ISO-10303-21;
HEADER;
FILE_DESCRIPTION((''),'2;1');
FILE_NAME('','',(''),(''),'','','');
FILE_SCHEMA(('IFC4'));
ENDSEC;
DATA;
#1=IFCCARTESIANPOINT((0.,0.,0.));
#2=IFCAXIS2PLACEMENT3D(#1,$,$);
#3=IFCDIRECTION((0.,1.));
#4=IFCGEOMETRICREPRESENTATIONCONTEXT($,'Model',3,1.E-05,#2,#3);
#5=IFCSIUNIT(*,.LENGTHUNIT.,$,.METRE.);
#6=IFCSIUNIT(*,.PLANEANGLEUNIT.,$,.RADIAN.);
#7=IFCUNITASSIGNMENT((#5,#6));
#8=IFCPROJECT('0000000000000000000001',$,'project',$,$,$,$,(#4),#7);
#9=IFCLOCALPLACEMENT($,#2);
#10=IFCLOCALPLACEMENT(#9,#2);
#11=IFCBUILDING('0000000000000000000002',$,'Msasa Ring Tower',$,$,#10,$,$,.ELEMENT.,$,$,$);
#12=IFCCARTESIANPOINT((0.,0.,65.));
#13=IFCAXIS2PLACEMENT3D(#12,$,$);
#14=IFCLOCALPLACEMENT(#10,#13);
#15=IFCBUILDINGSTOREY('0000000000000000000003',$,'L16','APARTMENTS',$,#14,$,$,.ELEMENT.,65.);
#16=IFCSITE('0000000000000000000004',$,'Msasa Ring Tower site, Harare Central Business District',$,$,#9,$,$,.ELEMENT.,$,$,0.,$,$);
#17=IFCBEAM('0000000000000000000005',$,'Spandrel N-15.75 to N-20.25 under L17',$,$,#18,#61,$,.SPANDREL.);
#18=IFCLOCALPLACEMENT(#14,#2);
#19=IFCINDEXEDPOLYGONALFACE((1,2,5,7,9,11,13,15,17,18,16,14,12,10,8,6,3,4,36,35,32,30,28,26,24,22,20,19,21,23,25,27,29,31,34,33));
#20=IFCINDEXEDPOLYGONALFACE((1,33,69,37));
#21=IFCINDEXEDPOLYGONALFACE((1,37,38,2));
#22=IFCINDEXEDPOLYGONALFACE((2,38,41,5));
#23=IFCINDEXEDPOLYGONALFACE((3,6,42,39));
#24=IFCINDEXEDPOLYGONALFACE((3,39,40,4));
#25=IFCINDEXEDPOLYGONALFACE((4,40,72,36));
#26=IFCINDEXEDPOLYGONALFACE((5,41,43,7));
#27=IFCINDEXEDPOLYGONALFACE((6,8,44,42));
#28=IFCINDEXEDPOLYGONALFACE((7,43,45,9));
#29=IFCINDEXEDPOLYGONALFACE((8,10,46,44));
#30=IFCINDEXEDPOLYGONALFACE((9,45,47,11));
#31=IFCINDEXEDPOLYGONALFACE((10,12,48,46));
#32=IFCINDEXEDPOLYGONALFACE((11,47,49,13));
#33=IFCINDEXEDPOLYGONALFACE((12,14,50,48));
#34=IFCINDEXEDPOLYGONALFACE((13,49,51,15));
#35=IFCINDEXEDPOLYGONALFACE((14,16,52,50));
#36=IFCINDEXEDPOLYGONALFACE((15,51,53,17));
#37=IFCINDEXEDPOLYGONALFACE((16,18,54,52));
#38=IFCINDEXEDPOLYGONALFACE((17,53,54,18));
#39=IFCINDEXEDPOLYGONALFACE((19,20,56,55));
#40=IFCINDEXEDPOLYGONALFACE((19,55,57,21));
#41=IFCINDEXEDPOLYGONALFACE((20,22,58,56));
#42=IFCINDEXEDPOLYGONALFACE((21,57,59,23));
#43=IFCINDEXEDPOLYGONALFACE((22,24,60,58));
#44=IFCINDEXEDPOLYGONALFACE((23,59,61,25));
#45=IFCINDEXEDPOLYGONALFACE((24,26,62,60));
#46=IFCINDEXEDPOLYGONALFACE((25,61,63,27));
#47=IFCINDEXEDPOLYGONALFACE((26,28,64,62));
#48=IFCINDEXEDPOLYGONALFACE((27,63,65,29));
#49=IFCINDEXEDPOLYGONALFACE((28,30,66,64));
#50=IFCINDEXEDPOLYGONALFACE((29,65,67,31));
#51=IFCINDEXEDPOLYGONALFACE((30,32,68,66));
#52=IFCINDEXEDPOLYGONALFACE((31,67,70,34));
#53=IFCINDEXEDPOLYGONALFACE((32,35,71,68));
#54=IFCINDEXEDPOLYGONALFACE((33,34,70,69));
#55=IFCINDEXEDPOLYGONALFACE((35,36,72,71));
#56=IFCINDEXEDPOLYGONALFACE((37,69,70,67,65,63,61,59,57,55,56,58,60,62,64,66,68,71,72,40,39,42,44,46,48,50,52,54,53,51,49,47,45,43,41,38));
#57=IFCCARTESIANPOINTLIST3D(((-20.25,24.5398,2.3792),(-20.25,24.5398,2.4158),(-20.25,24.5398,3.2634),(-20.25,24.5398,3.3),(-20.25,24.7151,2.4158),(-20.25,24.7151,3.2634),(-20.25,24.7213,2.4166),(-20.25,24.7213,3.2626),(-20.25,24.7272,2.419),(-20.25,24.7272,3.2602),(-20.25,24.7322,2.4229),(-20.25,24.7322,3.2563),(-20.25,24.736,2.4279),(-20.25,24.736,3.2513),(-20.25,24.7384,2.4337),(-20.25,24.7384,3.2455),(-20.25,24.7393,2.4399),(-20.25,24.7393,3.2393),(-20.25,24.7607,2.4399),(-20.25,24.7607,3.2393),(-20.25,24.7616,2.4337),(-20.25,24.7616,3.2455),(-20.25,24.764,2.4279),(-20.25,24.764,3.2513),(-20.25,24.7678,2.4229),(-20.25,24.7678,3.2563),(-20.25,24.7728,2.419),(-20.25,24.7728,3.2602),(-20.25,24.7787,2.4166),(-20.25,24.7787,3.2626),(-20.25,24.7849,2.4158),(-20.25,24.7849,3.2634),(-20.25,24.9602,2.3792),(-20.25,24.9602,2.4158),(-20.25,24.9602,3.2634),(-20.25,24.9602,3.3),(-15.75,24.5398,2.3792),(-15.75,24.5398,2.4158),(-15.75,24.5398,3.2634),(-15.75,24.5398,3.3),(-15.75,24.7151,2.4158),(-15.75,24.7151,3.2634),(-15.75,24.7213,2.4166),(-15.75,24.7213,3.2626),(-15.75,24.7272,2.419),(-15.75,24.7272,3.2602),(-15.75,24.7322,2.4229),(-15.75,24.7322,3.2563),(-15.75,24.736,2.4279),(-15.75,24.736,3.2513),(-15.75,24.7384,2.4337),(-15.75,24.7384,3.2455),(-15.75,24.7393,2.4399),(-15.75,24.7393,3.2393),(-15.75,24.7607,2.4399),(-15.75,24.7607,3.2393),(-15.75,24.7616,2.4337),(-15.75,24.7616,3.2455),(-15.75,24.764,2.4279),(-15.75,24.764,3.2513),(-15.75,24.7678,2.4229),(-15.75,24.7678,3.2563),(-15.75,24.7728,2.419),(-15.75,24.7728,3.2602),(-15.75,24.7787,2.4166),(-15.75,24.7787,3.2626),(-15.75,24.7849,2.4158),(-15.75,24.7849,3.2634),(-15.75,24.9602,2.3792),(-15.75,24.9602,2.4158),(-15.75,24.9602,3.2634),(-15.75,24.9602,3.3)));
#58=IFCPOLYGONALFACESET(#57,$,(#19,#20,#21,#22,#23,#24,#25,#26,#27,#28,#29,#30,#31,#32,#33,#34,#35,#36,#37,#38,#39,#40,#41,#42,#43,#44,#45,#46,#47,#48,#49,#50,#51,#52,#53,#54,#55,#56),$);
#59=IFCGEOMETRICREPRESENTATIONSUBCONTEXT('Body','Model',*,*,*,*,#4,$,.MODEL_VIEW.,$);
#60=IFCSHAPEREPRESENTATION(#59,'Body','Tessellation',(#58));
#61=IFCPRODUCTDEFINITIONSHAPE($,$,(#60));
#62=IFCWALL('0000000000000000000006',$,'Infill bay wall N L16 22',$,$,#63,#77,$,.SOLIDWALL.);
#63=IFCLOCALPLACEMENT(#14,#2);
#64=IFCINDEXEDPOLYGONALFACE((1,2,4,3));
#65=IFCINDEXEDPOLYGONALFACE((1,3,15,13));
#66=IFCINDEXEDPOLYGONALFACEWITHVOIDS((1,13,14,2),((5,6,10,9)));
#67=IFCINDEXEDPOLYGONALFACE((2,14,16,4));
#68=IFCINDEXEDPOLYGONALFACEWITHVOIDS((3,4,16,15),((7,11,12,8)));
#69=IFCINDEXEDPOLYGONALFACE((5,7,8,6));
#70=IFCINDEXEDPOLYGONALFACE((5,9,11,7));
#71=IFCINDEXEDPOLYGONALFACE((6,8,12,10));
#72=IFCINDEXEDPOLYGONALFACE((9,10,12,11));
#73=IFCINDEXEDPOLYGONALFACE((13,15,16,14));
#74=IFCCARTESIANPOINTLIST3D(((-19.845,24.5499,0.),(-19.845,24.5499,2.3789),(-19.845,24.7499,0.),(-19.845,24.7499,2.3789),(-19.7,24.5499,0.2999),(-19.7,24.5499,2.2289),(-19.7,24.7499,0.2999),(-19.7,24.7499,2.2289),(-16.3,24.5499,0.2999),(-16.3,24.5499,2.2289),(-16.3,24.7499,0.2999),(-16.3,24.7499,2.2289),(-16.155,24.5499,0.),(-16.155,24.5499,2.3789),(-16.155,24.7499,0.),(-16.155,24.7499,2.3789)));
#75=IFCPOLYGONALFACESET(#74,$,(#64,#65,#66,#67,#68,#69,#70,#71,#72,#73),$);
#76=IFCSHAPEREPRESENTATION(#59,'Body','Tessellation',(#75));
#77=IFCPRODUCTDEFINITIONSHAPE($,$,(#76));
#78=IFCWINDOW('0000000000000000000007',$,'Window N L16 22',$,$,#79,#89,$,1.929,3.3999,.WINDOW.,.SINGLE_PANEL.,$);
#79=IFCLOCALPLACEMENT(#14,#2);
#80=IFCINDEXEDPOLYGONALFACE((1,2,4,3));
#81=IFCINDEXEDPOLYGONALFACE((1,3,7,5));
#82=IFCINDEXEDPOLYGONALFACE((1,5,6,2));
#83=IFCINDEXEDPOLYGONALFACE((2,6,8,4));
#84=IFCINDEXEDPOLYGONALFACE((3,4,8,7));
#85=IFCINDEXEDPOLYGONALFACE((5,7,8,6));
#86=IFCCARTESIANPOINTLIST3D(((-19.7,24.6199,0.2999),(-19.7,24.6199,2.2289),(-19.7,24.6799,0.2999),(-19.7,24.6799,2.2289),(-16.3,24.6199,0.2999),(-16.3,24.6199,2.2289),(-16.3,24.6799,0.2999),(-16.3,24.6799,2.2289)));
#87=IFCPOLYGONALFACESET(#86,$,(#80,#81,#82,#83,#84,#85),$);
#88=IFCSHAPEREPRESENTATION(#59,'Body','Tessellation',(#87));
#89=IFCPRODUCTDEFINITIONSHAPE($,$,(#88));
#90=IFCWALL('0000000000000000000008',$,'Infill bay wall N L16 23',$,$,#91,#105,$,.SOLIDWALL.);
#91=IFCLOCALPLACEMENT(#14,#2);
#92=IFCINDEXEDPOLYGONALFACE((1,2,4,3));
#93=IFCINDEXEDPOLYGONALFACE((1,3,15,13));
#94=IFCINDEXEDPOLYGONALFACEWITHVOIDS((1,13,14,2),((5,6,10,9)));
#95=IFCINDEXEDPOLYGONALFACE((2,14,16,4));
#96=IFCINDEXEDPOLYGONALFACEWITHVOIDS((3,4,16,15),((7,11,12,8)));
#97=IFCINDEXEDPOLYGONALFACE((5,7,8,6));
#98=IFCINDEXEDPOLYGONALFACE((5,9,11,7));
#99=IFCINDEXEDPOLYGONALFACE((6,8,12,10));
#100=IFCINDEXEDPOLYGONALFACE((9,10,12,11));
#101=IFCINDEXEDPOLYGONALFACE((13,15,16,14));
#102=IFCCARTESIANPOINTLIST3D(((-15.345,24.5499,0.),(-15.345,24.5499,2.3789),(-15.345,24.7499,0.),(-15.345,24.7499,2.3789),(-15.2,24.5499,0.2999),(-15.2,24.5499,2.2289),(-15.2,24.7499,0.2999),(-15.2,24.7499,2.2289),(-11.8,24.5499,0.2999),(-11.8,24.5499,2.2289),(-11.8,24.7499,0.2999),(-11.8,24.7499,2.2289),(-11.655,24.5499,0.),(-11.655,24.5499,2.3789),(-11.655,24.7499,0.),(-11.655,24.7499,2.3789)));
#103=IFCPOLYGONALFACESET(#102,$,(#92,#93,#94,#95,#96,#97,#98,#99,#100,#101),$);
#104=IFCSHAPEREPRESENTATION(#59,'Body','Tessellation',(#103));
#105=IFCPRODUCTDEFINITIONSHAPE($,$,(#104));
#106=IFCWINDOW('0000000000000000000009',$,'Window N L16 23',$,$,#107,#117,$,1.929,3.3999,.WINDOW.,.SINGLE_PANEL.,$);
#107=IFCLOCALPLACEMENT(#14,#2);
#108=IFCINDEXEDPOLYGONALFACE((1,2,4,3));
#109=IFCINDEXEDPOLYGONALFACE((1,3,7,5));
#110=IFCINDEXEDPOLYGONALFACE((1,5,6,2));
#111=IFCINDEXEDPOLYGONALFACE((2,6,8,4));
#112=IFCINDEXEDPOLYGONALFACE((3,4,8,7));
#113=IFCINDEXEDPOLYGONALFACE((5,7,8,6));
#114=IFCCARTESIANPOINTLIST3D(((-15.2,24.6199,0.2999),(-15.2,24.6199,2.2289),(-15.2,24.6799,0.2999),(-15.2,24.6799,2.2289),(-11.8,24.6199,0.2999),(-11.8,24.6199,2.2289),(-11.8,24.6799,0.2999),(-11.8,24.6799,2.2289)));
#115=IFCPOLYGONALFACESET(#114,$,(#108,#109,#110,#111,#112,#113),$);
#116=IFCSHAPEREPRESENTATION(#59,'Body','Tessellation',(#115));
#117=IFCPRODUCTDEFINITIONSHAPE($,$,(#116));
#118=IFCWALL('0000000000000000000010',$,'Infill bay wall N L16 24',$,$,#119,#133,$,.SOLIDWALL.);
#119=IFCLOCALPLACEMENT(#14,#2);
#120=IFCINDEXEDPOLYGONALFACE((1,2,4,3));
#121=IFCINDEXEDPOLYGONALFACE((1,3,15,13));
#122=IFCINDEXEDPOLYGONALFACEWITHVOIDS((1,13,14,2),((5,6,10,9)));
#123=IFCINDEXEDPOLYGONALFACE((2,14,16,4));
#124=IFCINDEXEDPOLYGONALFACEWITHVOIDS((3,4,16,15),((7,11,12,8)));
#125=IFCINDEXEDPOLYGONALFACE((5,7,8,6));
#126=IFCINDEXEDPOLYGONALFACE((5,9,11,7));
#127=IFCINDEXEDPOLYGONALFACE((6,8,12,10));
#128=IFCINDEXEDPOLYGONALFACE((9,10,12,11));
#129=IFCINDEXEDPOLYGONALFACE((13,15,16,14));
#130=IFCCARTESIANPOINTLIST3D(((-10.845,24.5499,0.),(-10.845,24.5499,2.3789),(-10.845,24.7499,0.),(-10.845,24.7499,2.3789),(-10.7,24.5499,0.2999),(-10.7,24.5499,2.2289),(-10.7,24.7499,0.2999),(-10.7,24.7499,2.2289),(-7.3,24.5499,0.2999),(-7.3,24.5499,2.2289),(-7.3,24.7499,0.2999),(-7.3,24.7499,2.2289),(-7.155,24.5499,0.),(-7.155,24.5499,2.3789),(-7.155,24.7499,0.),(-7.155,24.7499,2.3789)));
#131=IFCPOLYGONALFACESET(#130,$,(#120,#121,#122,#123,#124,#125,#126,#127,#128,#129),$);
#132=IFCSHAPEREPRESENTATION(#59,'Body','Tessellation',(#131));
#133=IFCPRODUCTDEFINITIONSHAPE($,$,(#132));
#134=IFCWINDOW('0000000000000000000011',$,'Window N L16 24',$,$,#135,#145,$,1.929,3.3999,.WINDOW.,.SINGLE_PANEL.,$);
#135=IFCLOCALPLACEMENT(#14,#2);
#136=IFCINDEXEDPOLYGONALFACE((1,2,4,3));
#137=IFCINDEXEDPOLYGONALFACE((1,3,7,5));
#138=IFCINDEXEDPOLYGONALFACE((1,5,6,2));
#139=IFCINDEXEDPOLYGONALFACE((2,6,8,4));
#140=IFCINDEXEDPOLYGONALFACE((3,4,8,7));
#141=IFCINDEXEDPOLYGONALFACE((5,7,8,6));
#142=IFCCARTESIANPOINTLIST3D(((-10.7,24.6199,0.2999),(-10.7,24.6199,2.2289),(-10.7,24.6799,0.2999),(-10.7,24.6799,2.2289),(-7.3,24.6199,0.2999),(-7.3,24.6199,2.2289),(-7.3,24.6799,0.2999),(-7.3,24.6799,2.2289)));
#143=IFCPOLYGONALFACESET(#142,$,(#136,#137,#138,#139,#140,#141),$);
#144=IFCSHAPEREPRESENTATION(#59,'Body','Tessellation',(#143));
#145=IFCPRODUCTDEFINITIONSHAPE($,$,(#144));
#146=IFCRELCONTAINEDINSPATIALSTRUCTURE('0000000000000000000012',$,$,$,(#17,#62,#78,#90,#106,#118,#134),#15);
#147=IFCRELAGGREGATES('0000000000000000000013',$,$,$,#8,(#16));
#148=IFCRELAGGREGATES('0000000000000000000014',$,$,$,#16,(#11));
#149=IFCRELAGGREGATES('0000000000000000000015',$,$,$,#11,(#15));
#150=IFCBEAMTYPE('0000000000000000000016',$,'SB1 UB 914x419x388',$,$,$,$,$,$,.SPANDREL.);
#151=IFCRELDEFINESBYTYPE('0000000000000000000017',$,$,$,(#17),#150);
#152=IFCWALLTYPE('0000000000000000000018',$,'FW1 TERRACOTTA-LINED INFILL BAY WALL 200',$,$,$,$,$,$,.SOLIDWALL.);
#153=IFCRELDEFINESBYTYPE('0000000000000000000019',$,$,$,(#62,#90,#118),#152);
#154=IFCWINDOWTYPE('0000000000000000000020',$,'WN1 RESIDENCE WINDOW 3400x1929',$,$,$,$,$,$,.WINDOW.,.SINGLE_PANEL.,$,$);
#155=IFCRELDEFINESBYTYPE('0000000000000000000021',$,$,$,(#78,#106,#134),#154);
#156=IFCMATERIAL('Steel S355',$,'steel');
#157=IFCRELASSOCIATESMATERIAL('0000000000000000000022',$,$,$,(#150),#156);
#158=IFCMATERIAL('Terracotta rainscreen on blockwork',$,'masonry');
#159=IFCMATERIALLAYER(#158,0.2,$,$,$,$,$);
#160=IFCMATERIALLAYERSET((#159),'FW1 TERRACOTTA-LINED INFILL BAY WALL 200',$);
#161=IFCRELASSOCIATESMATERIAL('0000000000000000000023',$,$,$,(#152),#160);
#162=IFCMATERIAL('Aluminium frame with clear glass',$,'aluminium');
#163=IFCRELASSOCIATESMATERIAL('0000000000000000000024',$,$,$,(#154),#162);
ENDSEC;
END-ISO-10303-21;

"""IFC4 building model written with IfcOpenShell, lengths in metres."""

from ifc_helpers import new_model, si_unit, direction, frame, frame_2d, origin, origin_2d, place, context, subcontext, project, spatial, rectangle, i_section, extrude, material, layer, layer_set, material_profile, profile_set, type_object, element, fill, save


model = new_model("IFC4")

# Units and contexts
model_context = context("Model", 3, precision=1e-05, world=origin(), true_north=direction((0.0, 1.0)))
body_context = subcontext(model_context, "Body", "Model", "MODEL_VIEW")
ifc_project = project(units=[si_unit("LENGTHUNIT", "METRE"), si_unit("PLANEANGLEUNIT", "RADIAN")], contexts=[model_context])

# Site, building, storey
site_placement = place(None, origin())
site = spatial("IfcSite", under=ifc_project, at=site_placement, Name="Msasa Ring Tower site, Harare Central Business District", CompositionType="ELEMENT", RefElevation=0.0)
building_placement = place(site_placement, origin())
building = spatial("IfcBuilding", under=site, at=building_placement, Name="Msasa Ring Tower", CompositionType="ELEMENT")
storey_placement = place(building_placement, frame((0.0, 0.0, 65.0)))
storey = spatial("IfcBuildingStorey", under=building, at=storey_placement, Name="L16", Description="APARTMENTS", CompositionType="ELEMENT", Elevation=65.0)

# Beam
ifc_material_1 = material(Name="Steel S355", Category="steel")
ifc_material_profile_1 = material_profile(ifc_material_1, i_section(OverallWidth=0.4204, OverallDepth=0.9209, WebThickness=0.0215, FlangeThickness=0.0366, FilletRadius=0.0242, at=origin_2d()), Name="UB 914x419x388")
ifc_profile_set_1 = profile_set([ifc_material_profile_1], Name="Steel S355")
beam_type_1 = type_object("IfcBeamType", Name="SB1 UB 914x419x388", PredefinedType="SPANDREL", material=ifc_profile_set_1)
for number, where, z_axis, x_axis, name in (
    (1, (-15.75, 24.75, 2.8396), (-1.0, 0.0, 0.0), (0.0, -1.0, 0.0), "Spandrel N-15.75 to N-20.25 under L17"),
):
    element("IfcBeam", number, at=place(storey_placement, frame(where, z_axis=z_axis, x_axis=x_axis)), inside=storey, type_object=beam_type_1, Name=name, PredefinedType="SPANDREL", context=body_context, shape_type="SweptSolid", body=[
        extrude(i_section(OverallWidth=0.4204, OverallDepth=0.9209, WebThickness=0.0215, FlangeThickness=0.0366, FilletRadius=0.0242, at=origin_2d()), origin(), (0.0, 0.0, 1.0), 4.5),
    ])

# Walls, openings, windows
ifc_material_2 = material(Name="Terracotta rainscreen on blockwork", Category="masonry")
ifc_layer_1 = layer(ifc_material_2, 0.2)
ifc_layer_set_1 = layer_set([ifc_layer_1], Name="FW1 TERRACOTTA-LINED INFILL BAY WALL 200")
wall_type_1 = type_object("IfcWallType", Name="FW1 TERRACOTTA-LINED INFILL BAY WALL 200", PredefinedType="SOLIDWALL", material=ifc_layer_set_1)
wall_1_placement = place(storey_placement, frame((-19.845, 24.6499, 0.0), z_axis=(0.0, 0.0, 1.0), x_axis=(1.0, 0.0, 0.0)))
wall_1 = element("IfcWall", 2, at=wall_1_placement, inside=storey, type_object=wall_type_1, Name="Infill bay wall N L16 22", PredefinedType="SOLIDWALL", context=body_context, shape_type="SweptSolid", body=[
    extrude(rectangle(XDim=3.6899, YDim=0.2, at=frame_2d((1.845, 0.0))), origin(), (0.0, 0.0, 1.0), 2.3789),
])
opening_1_placement = place(wall_1_placement, frame((0.145, 0.0, 0.3)))
opening_1 = element("IfcOpeningElement", 3, at=opening_1_placement, cuts=wall_1, PredefinedType="OPENING", context=body_context, shape_type="SweptSolid", body=[
    extrude(rectangle(XDim=3.3999, YDim=1.929, at=frame_2d((1.7, 0.9644))), frame((0.0, 0.1099, 0.0), z_axis=(0.0, -1.0, 0.0), x_axis=(1.0, 0.0, 0.0)), (0.0, 0.0, 1.0), 0.22),
])
ifc_material_3 = material(Name="Aluminium frame with clear glass", Category="aluminium")
window_type = type_object("IfcWindowType", Name="WN1 RESIDENCE WINDOW 3400x1929", PartitioningType="SINGLE_PANEL", PredefinedType="WINDOW", material=ifc_material_3)
window_1_placement = place(opening_1_placement, origin())
window_1 = element("IfcWindow", 4, at=window_1_placement, inside=storey, type_object=window_type, Name="Window N L16 22", OverallHeight=1.929, OverallWidth=3.3999, PartitioningType="SINGLE_PANEL", PredefinedType="WINDOW", context=body_context, shape_type="SweptSolid", body=[
    extrude(rectangle(XDim=3.3999, YDim=1.929, at=frame_2d((1.7, 0.9644))), frame((0.0, 0.03, 0.0), z_axis=(0.0, -1.0, 0.0), x_axis=(1.0, 0.0, 0.0)), (0.0, 0.0, 1.0), 0.0601),
])
fill(opening_1, window_1)
wall_2_placement = place(storey_placement, frame((-15.345, 24.6499, 0.0), z_axis=(0.0, 0.0, 1.0), x_axis=(1.0, 0.0, 0.0)))
wall_2 = element("IfcWall", 5, at=wall_2_placement, inside=storey, type_object=wall_type_1, Name="Infill bay wall N L16 23", PredefinedType="SOLIDWALL", context=body_context, shape_type="SweptSolid", body=[
    extrude(rectangle(XDim=3.6899, YDim=0.2, at=frame_2d((1.845, 0.0))), origin(), (0.0, 0.0, 1.0), 2.3789),
])
opening_2_placement = place(wall_2_placement, frame((0.145, 0.0, 0.3)))
opening_2 = element("IfcOpeningElement", 6, at=opening_2_placement, cuts=wall_2, PredefinedType="OPENING", context=body_context, shape_type="SweptSolid", body=[
    extrude(rectangle(XDim=3.3999, YDim=1.929, at=frame_2d((1.7, 0.9644))), frame((0.0, 0.1099, 0.0), z_axis=(0.0, -1.0, 0.0), x_axis=(1.0, 0.0, 0.0)), (0.0, 0.0, 1.0), 0.22),
])
window_2_placement = place(opening_2_placement, origin())
window_2 = element("IfcWindow", 7, at=window_2_placement, inside=storey, type_object=window_type, Name="Window N L16 23", OverallHeight=1.929, OverallWidth=3.3999, PartitioningType="SINGLE_PANEL", PredefinedType="WINDOW", context=body_context, shape_type="SweptSolid", body=[
    extrude(rectangle(XDim=3.3999, YDim=1.929, at=frame_2d((1.7, 0.9644))), frame((0.0, 0.03, 0.0), z_axis=(0.0, -1.0, 0.0), x_axis=(1.0, 0.0, 0.0)), (0.0, 0.0, 1.0), 0.0601),
])
fill(opening_2, window_2)
wall_3_placement = place(storey_placement, frame((-10.845, 24.6499, 0.0), z_axis=(0.0, 0.0, 1.0), x_axis=(1.0, 0.0, 0.0)))
wall_3 = element("IfcWall", 8, at=wall_3_placement, inside=storey, type_object=wall_type_1, Name="Infill bay wall N L16 24", PredefinedType="SOLIDWALL", context=body_context, shape_type="SweptSolid", body=[
    extrude(rectangle(XDim=3.6899, YDim=0.2, at=frame_2d((1.845, 0.0))), origin(), (0.0, 0.0, 1.0), 2.3789),
])
opening_3_placement = place(wall_3_placement, frame((0.145, 0.0, 0.3)))
opening_3 = element("IfcOpeningElement", 9, at=opening_3_placement, cuts=wall_3, PredefinedType="OPENING", context=body_context, shape_type="SweptSolid", body=[
    extrude(rectangle(XDim=3.3999, YDim=1.929, at=frame_2d((1.7, 0.9644))), frame((0.0, 0.1099, 0.0), z_axis=(0.0, -1.0, 0.0), x_axis=(1.0, 0.0, 0.0)), (0.0, 0.0, 1.0), 0.22),
])
window_3_placement = place(opening_3_placement, origin())
window_3 = element("IfcWindow", 10, at=window_3_placement, inside=storey, type_object=window_type, Name="Window N L16 24", OverallHeight=1.929, OverallWidth=3.3999, PartitioningType="SINGLE_PANEL", PredefinedType="WINDOW", context=body_context, shape_type="SweptSolid", body=[
    extrude(rectangle(XDim=3.3999, YDim=1.929, at=frame_2d((1.7, 0.9644))), frame((0.0, 0.03, 0.0), z_axis=(0.0, -1.0, 0.0), x_axis=(1.0, 0.0, 0.0)), (0.0, 0.0, 1.0), 0.0601),
])
fill(opening_3, window_3)

save(model, "model.ifc")
